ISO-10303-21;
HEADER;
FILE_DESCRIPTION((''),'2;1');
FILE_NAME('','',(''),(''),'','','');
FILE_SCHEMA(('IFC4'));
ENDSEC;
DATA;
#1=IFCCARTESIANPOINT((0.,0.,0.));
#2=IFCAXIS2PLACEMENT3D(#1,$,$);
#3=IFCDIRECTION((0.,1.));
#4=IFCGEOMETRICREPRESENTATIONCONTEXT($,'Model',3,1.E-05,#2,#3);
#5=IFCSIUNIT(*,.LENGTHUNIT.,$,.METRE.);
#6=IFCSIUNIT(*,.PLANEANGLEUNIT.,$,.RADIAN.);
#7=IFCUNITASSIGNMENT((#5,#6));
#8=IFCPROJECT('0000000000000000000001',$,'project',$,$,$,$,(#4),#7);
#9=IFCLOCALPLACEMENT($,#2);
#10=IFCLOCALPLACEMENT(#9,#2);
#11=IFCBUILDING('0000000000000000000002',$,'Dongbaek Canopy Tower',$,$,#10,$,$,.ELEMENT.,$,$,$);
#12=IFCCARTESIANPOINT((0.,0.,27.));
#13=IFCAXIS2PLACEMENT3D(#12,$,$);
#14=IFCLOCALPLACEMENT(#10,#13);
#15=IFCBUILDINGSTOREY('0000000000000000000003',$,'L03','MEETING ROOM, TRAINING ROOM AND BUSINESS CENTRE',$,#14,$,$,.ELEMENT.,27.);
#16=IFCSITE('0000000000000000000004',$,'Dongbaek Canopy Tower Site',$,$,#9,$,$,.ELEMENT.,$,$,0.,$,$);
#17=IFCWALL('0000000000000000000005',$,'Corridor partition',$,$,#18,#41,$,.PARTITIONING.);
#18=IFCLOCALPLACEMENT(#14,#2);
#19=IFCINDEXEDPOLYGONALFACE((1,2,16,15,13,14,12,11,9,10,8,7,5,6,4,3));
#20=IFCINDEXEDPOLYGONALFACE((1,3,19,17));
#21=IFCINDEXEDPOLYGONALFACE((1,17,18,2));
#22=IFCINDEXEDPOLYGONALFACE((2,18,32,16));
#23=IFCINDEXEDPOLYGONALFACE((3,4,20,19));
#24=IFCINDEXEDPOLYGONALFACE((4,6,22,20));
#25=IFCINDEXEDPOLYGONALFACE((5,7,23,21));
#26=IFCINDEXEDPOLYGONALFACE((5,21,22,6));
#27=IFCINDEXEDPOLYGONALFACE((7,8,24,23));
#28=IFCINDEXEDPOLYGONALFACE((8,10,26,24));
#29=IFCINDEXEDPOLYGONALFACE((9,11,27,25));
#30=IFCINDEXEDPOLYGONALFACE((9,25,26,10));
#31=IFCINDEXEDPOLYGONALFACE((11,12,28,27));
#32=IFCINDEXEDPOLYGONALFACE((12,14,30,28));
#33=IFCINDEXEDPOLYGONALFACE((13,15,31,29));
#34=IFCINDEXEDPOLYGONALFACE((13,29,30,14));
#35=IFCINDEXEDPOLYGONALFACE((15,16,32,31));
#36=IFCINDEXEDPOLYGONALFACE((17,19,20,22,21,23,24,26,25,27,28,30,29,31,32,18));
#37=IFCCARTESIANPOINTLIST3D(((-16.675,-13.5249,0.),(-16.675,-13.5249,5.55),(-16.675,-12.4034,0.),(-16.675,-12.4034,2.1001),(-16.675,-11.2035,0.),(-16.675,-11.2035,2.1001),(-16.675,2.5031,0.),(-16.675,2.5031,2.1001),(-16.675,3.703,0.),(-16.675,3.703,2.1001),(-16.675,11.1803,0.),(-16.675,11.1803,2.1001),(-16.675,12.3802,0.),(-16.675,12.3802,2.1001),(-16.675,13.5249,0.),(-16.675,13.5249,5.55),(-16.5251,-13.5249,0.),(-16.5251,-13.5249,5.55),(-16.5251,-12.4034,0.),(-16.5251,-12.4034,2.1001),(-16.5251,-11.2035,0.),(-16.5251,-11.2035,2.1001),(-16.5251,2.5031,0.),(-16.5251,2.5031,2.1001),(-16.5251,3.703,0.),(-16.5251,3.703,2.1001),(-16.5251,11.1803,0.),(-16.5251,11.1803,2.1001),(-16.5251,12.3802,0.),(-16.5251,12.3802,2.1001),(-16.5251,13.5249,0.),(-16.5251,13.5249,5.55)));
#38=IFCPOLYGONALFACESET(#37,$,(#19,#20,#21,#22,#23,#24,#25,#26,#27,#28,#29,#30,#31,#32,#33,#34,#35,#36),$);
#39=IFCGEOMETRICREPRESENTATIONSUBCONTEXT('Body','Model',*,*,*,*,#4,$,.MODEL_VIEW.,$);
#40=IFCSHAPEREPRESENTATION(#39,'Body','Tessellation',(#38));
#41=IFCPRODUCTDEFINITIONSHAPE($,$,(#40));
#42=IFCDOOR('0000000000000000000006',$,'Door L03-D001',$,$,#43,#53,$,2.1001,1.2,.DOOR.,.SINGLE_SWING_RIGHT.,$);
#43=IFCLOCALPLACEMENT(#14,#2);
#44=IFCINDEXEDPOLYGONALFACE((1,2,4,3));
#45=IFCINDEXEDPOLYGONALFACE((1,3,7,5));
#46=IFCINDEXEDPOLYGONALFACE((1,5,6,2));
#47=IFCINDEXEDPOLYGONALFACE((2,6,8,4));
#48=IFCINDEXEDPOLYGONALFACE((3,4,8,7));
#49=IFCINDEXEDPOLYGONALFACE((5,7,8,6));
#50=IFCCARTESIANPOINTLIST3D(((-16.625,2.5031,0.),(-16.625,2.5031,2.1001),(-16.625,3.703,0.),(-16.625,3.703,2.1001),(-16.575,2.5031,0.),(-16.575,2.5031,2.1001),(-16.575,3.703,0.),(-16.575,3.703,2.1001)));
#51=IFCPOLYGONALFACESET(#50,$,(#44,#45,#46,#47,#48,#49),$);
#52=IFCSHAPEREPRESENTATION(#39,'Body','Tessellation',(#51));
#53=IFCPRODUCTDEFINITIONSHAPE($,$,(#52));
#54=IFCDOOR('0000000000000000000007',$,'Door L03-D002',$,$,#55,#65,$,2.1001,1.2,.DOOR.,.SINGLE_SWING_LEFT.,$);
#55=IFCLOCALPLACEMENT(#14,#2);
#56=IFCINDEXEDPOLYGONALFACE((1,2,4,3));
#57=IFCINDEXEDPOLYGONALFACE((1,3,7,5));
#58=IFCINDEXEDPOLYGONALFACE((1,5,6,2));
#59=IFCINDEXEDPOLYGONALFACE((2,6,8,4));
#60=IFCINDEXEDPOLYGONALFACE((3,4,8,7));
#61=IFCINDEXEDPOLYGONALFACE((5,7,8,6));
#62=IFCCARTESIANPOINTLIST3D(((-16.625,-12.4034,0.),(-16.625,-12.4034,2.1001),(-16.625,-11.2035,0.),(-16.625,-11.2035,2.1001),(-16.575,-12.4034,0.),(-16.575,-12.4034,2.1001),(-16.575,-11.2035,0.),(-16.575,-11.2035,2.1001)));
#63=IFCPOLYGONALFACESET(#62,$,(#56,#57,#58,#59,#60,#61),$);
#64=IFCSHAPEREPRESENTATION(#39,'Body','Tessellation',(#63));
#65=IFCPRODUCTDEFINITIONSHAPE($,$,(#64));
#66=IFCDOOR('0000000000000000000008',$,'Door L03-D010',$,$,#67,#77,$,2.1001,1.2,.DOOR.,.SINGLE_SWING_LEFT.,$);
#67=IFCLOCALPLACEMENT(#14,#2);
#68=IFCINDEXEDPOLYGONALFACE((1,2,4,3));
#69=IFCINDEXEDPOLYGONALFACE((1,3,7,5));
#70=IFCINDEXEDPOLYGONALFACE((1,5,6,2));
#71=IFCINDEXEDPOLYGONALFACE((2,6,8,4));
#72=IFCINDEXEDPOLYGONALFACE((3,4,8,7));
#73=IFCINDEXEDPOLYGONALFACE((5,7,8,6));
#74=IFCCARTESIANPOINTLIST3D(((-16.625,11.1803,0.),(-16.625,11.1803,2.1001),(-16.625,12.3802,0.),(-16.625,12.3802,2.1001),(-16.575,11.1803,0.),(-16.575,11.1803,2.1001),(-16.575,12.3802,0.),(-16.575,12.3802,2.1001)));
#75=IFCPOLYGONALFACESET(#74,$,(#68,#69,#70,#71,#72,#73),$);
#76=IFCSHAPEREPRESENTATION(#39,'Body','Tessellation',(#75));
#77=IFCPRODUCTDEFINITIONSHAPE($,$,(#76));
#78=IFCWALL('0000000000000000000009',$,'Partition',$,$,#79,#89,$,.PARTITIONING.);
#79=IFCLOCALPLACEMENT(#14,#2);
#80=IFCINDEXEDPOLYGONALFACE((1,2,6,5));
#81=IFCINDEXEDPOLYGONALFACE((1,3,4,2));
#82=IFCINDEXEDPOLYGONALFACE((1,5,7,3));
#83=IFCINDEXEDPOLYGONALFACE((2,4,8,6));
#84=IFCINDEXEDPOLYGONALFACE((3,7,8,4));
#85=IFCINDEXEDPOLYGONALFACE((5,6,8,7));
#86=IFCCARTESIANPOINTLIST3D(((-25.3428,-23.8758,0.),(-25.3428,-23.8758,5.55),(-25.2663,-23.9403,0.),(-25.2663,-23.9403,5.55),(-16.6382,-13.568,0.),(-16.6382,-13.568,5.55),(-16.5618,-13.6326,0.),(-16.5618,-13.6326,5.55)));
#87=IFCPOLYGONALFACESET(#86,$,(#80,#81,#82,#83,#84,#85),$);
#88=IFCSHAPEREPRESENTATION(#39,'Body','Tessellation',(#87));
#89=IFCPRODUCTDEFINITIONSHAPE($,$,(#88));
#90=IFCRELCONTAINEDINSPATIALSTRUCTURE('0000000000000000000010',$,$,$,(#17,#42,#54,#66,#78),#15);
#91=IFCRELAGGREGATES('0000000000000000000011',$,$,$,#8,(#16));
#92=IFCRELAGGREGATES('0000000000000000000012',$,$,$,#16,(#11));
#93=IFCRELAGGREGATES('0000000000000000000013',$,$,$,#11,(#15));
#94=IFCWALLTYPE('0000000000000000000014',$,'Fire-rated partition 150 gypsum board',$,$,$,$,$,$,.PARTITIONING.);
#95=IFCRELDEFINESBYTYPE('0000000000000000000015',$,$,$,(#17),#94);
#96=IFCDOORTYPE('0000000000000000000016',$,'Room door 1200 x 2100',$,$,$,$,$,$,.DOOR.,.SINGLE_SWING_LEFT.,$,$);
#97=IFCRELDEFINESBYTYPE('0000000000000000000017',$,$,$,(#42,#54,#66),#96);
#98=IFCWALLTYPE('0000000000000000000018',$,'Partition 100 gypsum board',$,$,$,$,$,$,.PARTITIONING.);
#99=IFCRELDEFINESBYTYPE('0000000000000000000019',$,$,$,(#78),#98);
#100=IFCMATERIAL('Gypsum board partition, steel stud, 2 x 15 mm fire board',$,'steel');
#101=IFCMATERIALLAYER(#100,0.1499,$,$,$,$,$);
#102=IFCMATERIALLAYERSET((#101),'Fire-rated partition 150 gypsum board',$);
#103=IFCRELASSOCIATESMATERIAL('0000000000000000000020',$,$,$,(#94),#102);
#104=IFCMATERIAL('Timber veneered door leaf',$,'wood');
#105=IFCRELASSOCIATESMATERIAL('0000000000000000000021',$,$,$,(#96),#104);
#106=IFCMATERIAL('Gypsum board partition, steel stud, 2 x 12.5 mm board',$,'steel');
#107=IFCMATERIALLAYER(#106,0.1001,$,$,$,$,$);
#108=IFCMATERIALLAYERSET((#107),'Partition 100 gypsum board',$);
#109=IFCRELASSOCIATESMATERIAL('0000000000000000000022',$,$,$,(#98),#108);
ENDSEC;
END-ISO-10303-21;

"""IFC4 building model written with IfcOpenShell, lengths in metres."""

from ifc_helpers import new_model, si_unit, direction, frame, frame_2d, origin, place, context, subcontext, project, spatial, rectangle, extrude, material, layer, layer_set, type_object, element, fill, save


model = new_model("IFC4")

# Units and contexts
model_context = context("Model", 3, precision=1e-05, world=origin(), true_north=direction((0.0, 1.0)))
body_context = subcontext(model_context, "Body", "Model", "MODEL_VIEW")
ifc_project = project(units=[si_unit("LENGTHUNIT", "METRE"), si_unit("PLANEANGLEUNIT", "RADIAN")], contexts=[model_context])

# Site, building, storey
site_placement = place(None, origin())
site = spatial("IfcSite", under=ifc_project, at=site_placement, Name="Dongbaek Canopy Tower Site", CompositionType="ELEMENT", RefElevation=0.0)
building_placement = place(site_placement, origin())
building = spatial("IfcBuilding", under=site, at=building_placement, Name="Dongbaek Canopy Tower", CompositionType="ELEMENT")
storey_placement = place(building_placement, frame((0.0, 0.0, 27.0)))
storey = spatial("IfcBuildingStorey", under=building, at=storey_placement, Name="L03", Description="MEETING ROOM, TRAINING ROOM AND BUSINESS CENTRE", CompositionType="ELEMENT", Elevation=27.0)

# Wall, openings, doors
ifc_material_1 = material(Name="Gypsum board partition, steel stud, 2 x 15 mm fire board", Category="steel")
ifc_layer_1 = layer(ifc_material_1, 0.1499)
ifc_layer_set_1 = layer_set([ifc_layer_1], Name="Fire-rated partition 150 gypsum board")
wall_type_1 = type_object("IfcWallType", Name="Fire-rated partition 150 gypsum board", PredefinedType="PARTITIONING", material=ifc_layer_set_1)
wall_1_placement = place(storey_placement, frame((-16.6001, -13.5249, 0.0), z_axis=(0.0, 0.0, 1.0), x_axis=(0.0, 1.0, 0.0)))
wall_1 = element("IfcWall", 1, at=wall_1_placement, inside=storey, type_object=wall_type_1, Name="Corridor partition", PredefinedType="PARTITIONING", context=body_context, shape_type="SweptSolid", body=[
    extrude(rectangle(XDim=27.0498, YDim=0.1499, at=frame_2d((13.5249, 0.0))), origin(), (0.0, 0.0, 1.0), 5.55),
])
opening_1_placement = place(wall_1_placement, frame((16.0278, 0.0, 0.0)))
opening_1 = element("IfcOpeningElement", 2, at=opening_1_placement, cuts=wall_1, PredefinedType="OPENING", context=body_context, shape_type="SweptSolid", body=[
    extrude(rectangle(XDim=1.2, YDim=2.1001, at=frame_2d((0.6001, 1.05))), frame((0.0, 0.085, 0.0), z_axis=(0.0, -1.0, 0.0), x_axis=(1.0, 0.0, 0.0)), (0.0, 0.0, 1.0), 0.1699),
])
opening_2_placement = place(wall_1_placement, frame((1.1213, 0.0, 0.0)))
opening_2 = element("IfcOpeningElement", 3, at=opening_2_placement, cuts=wall_1, PredefinedType="OPENING", context=body_context, shape_type="SweptSolid", body=[
    extrude(rectangle(XDim=1.2, YDim=2.1001, at=frame_2d((0.6001, 1.05))), frame((0.0, 0.085, 0.0), z_axis=(0.0, -1.0, 0.0), x_axis=(1.0, 0.0, 0.0)), (0.0, 0.0, 1.0), 0.1699),
])
opening_3_placement = place(wall_1_placement, frame((24.7051, 0.0, 0.0)))
opening_3 = element("IfcOpeningElement", 4, at=opening_3_placement, cuts=wall_1, PredefinedType="OPENING", context=body_context, shape_type="SweptSolid", body=[
    extrude(rectangle(XDim=1.2, YDim=2.1001, at=frame_2d((0.6001, 1.05))), frame((0.0, 0.085, 0.0), z_axis=(0.0, -1.0, 0.0), x_axis=(1.0, 0.0, 0.0)), (0.0, 0.0, 1.0), 0.1699),
])
ifc_material_2 = material(Name="Timber veneered door leaf", Category="wood")
door_type = type_object("IfcDoorType", Name="Room door 1200 x 2100", OperationType="SINGLE_SWING_LEFT", PredefinedType="DOOR", material=ifc_material_2)
door_1_placement = place(opening_1_placement, origin())
door_1 = element("IfcDoor", 5, at=door_1_placement, inside=storey, type_object=door_type, Name="Door L03-D001", OperationType="SINGLE_SWING_RIGHT", OverallHeight=2.1001, OverallWidth=1.2, PredefinedType="DOOR", context=body_context, shape_type="SweptSolid", body=[
    extrude(rectangle(XDim=1.2, YDim=2.1001, at=frame_2d((0.6001, 1.05))), frame((0.0, 0.0249, 0.0), z_axis=(0.0, -1.0, 0.0), x_axis=(1.0, 0.0, 0.0)), (0.0, 0.0, 1.0), 0.05),
])
fill(opening_1, door_1)
door_2_placement = place(opening_2_placement, origin())
door_2 = element("IfcDoor", 6, at=door_2_placement, inside=storey, type_object=door_type, Name="Door L03-D002", OperationType="SINGLE_SWING_LEFT", OverallHeight=2.1001, OverallWidth=1.2, PredefinedType="DOOR", context=body_context, shape_type="SweptSolid", body=[
    extrude(rectangle(XDim=1.2, YDim=2.1001, at=frame_2d((0.6001, 1.05))), frame((0.0, 0.0249, 0.0), z_axis=(0.0, -1.0, 0.0), x_axis=(1.0, 0.0, 0.0)), (0.0, 0.0, 1.0), 0.05),
])
fill(opening_2, door_2)
door_3_placement = place(opening_3_placement, origin())
door_3 = element("IfcDoor", 7, at=door_3_placement, inside=storey, type_object=door_type, Name="Door L03-D010", OperationType="SINGLE_SWING_LEFT", OverallHeight=2.1001, OverallWidth=1.2, PredefinedType="DOOR", context=body_context, shape_type="SweptSolid", body=[
    extrude(rectangle(XDim=1.2, YDim=2.1001, at=frame_2d((0.6001, 1.05))), frame((0.0, 0.0249, 0.0), z_axis=(0.0, -1.0, 0.0), x_axis=(1.0, 0.0, 0.0)), (0.0, 0.0, 1.0), 0.05),
])
fill(opening_3, door_3)

# Wall
ifc_material_3 = material(Name="Gypsum board partition, steel stud, 2 x 12.5 mm board", Category="steel")
ifc_layer_2 = layer(ifc_material_3, 0.1001)
ifc_layer_set_2 = layer_set([ifc_layer_2], Name="Partition 100 gypsum board")
wall_type_2 = type_object("IfcWallType", Name="Partition 100 gypsum board", PredefinedType="PARTITIONING", material=ifc_layer_set_2)
wall_2_placement = place(storey_placement, frame((-25.3044, -23.908, 0.0), z_axis=(0.0, 0.0, 1.0), x_axis=(0.645188, 0.764024, 0.0)))
element("IfcWall", 8, at=wall_2_placement, inside=storey, type_object=wall_type_2, Name="Partition", PredefinedType="PARTITIONING", context=body_context, shape_type="SweptSolid", body=[
    extrude(rectangle(XDim=13.4915, YDim=0.1001, at=frame_2d((6.7456, 0.0))), origin(), (0.0, 0.0, 1.0), 5.55),
])

save(model, "model.ifc")
